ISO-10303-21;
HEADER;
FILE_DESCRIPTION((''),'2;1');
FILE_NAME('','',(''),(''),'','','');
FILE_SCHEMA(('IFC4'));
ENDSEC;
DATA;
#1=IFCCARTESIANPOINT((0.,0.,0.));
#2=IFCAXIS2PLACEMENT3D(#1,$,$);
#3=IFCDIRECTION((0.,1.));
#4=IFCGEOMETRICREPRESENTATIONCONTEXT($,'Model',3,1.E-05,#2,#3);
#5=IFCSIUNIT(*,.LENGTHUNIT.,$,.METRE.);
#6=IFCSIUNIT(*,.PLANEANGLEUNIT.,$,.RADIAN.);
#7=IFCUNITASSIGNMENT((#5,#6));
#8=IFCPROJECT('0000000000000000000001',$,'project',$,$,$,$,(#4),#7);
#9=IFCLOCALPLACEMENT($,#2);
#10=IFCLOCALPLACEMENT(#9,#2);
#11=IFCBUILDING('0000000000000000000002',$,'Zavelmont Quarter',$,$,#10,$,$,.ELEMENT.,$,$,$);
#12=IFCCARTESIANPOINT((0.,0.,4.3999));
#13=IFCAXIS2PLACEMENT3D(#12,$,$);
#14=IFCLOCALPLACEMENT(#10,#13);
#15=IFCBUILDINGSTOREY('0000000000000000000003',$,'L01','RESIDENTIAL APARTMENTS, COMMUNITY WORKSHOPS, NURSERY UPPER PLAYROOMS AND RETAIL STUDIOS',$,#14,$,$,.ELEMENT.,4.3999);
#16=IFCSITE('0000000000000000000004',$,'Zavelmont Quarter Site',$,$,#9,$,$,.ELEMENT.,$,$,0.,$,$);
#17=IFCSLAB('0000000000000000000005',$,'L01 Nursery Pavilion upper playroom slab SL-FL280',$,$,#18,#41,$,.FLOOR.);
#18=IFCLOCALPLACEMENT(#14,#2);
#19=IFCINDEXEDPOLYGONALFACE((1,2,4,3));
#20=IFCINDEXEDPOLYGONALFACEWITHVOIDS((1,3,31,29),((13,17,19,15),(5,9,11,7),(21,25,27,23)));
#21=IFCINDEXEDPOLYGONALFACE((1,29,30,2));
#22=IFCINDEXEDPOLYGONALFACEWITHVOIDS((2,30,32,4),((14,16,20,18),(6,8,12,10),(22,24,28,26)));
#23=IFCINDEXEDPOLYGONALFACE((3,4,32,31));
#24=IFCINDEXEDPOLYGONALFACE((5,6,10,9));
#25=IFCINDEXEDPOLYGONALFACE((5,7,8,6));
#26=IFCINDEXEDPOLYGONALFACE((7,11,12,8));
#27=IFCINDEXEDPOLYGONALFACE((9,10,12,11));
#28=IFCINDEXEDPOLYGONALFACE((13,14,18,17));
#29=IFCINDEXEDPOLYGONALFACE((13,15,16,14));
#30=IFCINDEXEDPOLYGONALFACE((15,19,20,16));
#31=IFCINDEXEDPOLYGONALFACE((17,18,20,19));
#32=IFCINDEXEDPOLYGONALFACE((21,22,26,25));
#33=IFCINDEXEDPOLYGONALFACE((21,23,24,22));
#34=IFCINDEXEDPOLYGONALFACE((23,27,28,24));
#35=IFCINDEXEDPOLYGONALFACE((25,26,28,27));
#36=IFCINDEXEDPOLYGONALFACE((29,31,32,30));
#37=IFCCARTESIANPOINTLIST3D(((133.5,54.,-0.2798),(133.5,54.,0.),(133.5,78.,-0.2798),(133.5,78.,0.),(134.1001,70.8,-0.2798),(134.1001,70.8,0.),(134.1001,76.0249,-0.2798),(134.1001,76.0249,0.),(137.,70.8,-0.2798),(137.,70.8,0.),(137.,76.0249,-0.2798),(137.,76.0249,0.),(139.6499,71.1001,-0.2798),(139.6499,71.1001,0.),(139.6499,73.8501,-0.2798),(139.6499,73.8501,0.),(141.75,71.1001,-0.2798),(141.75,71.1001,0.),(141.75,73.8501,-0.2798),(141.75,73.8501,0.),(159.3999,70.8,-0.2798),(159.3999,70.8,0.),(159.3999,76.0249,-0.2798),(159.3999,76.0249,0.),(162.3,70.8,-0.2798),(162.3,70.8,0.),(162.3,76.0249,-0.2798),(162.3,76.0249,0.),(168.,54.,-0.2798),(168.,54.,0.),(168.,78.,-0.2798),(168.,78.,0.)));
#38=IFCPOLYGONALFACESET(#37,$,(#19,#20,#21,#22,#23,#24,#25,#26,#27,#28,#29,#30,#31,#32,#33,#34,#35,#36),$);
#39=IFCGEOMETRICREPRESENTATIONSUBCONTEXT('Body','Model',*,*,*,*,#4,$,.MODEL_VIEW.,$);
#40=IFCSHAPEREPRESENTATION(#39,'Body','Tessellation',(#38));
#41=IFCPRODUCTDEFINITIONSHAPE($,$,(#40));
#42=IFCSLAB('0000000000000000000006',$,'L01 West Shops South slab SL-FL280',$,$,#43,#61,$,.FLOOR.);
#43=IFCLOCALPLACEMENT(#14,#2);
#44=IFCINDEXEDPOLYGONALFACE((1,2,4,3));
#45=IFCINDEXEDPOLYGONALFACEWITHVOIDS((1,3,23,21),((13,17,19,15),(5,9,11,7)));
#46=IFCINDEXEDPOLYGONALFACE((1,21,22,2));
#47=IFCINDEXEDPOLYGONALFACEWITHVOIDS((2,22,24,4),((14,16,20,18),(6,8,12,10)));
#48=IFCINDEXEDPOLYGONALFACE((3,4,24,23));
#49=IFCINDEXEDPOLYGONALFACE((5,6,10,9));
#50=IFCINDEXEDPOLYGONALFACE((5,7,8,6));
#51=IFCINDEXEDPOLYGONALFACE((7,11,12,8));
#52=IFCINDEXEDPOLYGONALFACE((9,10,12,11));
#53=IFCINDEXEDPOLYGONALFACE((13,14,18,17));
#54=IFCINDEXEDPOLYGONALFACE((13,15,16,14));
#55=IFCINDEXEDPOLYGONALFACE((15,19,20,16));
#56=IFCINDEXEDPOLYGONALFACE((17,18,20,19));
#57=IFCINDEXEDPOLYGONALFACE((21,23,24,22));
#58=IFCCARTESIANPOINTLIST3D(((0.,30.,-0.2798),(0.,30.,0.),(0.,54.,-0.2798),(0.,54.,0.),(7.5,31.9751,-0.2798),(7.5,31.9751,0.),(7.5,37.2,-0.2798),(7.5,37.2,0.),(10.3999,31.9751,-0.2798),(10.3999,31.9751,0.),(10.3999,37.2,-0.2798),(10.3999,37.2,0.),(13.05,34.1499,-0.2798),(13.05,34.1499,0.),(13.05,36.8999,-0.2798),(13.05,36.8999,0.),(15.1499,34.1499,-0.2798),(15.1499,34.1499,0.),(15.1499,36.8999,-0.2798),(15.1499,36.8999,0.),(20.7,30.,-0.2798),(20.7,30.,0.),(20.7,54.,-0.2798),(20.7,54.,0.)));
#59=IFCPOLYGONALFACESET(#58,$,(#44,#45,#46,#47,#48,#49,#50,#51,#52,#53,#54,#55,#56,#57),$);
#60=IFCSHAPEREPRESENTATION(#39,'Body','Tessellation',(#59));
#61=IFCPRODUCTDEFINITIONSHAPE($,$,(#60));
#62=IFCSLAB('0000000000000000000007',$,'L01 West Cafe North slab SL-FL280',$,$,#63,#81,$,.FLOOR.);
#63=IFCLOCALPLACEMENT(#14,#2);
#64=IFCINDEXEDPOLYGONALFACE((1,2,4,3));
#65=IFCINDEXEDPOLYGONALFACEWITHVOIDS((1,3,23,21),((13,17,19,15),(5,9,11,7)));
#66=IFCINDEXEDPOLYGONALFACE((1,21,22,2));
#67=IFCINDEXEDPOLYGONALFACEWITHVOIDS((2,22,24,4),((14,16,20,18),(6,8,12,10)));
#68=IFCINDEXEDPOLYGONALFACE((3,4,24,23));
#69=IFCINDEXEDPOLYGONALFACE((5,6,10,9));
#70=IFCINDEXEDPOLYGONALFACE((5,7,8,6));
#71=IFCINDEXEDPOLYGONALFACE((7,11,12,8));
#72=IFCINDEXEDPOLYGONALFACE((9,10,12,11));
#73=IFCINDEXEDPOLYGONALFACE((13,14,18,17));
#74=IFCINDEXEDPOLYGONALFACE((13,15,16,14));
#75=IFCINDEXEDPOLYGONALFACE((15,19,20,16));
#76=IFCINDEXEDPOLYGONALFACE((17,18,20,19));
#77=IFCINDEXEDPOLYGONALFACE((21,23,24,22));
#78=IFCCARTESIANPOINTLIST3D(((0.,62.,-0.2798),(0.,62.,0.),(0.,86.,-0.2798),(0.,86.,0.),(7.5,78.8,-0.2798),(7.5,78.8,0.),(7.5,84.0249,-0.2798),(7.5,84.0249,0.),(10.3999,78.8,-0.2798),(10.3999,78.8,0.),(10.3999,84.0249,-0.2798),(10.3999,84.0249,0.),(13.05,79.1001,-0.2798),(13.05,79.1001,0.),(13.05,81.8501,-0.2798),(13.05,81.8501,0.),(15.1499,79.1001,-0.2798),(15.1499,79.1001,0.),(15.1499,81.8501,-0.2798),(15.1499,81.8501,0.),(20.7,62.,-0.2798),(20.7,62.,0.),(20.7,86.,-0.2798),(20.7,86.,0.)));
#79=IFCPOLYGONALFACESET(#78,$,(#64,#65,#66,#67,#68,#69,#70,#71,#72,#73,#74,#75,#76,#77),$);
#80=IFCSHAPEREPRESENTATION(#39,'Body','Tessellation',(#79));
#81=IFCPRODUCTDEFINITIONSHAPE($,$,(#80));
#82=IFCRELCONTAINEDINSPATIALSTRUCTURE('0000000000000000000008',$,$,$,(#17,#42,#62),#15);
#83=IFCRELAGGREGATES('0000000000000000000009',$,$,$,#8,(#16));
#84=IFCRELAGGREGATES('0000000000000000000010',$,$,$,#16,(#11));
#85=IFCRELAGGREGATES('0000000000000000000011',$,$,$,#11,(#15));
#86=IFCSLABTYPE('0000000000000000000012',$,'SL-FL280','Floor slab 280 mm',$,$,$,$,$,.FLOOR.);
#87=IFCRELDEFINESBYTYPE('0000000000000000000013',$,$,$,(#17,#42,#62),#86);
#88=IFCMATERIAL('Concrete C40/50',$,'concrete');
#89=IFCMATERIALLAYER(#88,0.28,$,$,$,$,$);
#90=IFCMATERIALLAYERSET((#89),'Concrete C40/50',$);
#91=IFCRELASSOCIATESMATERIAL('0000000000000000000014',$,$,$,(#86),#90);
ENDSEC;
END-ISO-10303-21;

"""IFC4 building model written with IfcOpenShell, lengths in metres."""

from ifc_helpers import new_model, si_unit, direction, frame, origin, place, context, subcontext, project, spatial, polyline, outline, extrude, material, layer, layer_set, type_object, element, save


model = new_model("IFC4")

# Units and contexts
model_context = context("Model", 3, precision=1e-05, world=origin(), true_north=direction((0.0, 1.0)))
body_context = subcontext(model_context, "Body", "Model", "MODEL_VIEW")
ifc_project = project(units=[si_unit("LENGTHUNIT", "METRE"), si_unit("PLANEANGLEUNIT", "RADIAN")], contexts=[model_context])

# Site, building, storey
site_placement = place(None, origin())
site = spatial("IfcSite", under=ifc_project, at=site_placement, Name="Zavelmont Quarter Site", CompositionType="ELEMENT", RefElevation=0.0)
building_placement = place(site_placement, origin())
building = spatial("IfcBuilding", under=site, at=building_placement, Name="Zavelmont Quarter", CompositionType="ELEMENT")
storey_placement = place(building_placement, frame((0.0, 0.0, 4.3999)))
storey = spatial("IfcBuildingStorey", under=building, at=storey_placement, Name="L01", Description="RESIDENTIAL APARTMENTS, COMMUNITY WORKSHOPS, NURSERY UPPER PLAYROOMS AND RETAIL STUDIOS", CompositionType="ELEMENT", Elevation=4.3999)

# Slabs
ifc_material_1 = material(Name="Concrete C40/50", Category="concrete")
ifc_layer_1 = layer(ifc_material_1, 0.28)
ifc_layer_set_1 = layer_set([ifc_layer_1], Name="Concrete C40/50")
slab_type_1 = type_object("IfcSlabType", Name="SL-FL280", Description="Floor slab 280 mm", PredefinedType="FLOOR", material=ifc_layer_set_1)
slab_1_placement = place(storey_placement, frame((0.0, 0.0, -0.2798)))
element("IfcSlab", 1, at=slab_1_placement, inside=storey, type_object=slab_type_1, Name="L01 Nursery Pavilion upper playroom slab SL-FL280", PredefinedType="FLOOR", context=body_context, shape_type="SweptSolid", body=[
    extrude(outline(polyline([(133.5, 54.0), (168.0, 54.0), (168.0, 78.0), (133.5, 78.0), (133.5, 54.0)]), holes=[polyline([(134.1001, 76.0249), (134.1001, 70.8), (137.0, 70.8), (137.0, 76.0249), (134.1001, 76.0249)]), polyline([(139.6499, 71.1001), (141.75, 71.1001), (141.75, 73.8501), (139.6499, 73.8501), (139.6499, 71.1001)]), polyline([(159.3999, 76.0249), (159.3999, 70.8), (162.3, 70.8), (162.3, 76.0249), (159.3999, 76.0249)])]), origin(), (0.0, 0.0, 1.0), 0.2798),
])
slab_2_placement = place(storey_placement, frame((0.0, 0.0, -0.2798)))
element("IfcSlab", 2, at=slab_2_placement, inside=storey, type_object=slab_type_1, Name="L01 West Shops South slab SL-FL280", PredefinedType="FLOOR", context=body_context, shape_type="SweptSolid", body=[
    extrude(outline(polyline([(0.0, 30.0), (20.7, 30.0), (20.7, 54.0), (0.0, 54.0), (0.0, 30.0)]), holes=[polyline([(10.3999, 31.9751), (10.3999, 37.2), (7.5, 37.2), (7.5, 31.9751), (10.3999, 31.9751)]), polyline([(13.05, 34.1499), (15.1499, 34.1499), (15.1499, 36.8999), (13.05, 36.8999), (13.05, 34.1499)])]), origin(), (0.0, 0.0, 1.0), 0.2798),
])
slab_3_placement = place(storey_placement, frame((0.0, 0.0, -0.2798)))
element("IfcSlab", 3, at=slab_3_placement, inside=storey, type_object=slab_type_1, Name="L01 West Cafe North slab SL-FL280", PredefinedType="FLOOR", context=body_context, shape_type="SweptSolid", body=[
    extrude(outline(polyline([(0.0, 62.0), (20.7, 62.0), (20.7, 86.0), (0.0, 86.0), (0.0, 62.0)]), holes=[polyline([(7.5, 84.0249), (7.5, 78.8), (10.3999, 78.8), (10.3999, 84.0249), (7.5, 84.0249)]), polyline([(13.05, 79.1001), (15.1499, 79.1001), (15.1499, 81.8501), (13.05, 81.8501), (13.05, 79.1001)])]), origin(), (0.0, 0.0, 1.0), 0.2798),
])

save(model, "model.ifc")
